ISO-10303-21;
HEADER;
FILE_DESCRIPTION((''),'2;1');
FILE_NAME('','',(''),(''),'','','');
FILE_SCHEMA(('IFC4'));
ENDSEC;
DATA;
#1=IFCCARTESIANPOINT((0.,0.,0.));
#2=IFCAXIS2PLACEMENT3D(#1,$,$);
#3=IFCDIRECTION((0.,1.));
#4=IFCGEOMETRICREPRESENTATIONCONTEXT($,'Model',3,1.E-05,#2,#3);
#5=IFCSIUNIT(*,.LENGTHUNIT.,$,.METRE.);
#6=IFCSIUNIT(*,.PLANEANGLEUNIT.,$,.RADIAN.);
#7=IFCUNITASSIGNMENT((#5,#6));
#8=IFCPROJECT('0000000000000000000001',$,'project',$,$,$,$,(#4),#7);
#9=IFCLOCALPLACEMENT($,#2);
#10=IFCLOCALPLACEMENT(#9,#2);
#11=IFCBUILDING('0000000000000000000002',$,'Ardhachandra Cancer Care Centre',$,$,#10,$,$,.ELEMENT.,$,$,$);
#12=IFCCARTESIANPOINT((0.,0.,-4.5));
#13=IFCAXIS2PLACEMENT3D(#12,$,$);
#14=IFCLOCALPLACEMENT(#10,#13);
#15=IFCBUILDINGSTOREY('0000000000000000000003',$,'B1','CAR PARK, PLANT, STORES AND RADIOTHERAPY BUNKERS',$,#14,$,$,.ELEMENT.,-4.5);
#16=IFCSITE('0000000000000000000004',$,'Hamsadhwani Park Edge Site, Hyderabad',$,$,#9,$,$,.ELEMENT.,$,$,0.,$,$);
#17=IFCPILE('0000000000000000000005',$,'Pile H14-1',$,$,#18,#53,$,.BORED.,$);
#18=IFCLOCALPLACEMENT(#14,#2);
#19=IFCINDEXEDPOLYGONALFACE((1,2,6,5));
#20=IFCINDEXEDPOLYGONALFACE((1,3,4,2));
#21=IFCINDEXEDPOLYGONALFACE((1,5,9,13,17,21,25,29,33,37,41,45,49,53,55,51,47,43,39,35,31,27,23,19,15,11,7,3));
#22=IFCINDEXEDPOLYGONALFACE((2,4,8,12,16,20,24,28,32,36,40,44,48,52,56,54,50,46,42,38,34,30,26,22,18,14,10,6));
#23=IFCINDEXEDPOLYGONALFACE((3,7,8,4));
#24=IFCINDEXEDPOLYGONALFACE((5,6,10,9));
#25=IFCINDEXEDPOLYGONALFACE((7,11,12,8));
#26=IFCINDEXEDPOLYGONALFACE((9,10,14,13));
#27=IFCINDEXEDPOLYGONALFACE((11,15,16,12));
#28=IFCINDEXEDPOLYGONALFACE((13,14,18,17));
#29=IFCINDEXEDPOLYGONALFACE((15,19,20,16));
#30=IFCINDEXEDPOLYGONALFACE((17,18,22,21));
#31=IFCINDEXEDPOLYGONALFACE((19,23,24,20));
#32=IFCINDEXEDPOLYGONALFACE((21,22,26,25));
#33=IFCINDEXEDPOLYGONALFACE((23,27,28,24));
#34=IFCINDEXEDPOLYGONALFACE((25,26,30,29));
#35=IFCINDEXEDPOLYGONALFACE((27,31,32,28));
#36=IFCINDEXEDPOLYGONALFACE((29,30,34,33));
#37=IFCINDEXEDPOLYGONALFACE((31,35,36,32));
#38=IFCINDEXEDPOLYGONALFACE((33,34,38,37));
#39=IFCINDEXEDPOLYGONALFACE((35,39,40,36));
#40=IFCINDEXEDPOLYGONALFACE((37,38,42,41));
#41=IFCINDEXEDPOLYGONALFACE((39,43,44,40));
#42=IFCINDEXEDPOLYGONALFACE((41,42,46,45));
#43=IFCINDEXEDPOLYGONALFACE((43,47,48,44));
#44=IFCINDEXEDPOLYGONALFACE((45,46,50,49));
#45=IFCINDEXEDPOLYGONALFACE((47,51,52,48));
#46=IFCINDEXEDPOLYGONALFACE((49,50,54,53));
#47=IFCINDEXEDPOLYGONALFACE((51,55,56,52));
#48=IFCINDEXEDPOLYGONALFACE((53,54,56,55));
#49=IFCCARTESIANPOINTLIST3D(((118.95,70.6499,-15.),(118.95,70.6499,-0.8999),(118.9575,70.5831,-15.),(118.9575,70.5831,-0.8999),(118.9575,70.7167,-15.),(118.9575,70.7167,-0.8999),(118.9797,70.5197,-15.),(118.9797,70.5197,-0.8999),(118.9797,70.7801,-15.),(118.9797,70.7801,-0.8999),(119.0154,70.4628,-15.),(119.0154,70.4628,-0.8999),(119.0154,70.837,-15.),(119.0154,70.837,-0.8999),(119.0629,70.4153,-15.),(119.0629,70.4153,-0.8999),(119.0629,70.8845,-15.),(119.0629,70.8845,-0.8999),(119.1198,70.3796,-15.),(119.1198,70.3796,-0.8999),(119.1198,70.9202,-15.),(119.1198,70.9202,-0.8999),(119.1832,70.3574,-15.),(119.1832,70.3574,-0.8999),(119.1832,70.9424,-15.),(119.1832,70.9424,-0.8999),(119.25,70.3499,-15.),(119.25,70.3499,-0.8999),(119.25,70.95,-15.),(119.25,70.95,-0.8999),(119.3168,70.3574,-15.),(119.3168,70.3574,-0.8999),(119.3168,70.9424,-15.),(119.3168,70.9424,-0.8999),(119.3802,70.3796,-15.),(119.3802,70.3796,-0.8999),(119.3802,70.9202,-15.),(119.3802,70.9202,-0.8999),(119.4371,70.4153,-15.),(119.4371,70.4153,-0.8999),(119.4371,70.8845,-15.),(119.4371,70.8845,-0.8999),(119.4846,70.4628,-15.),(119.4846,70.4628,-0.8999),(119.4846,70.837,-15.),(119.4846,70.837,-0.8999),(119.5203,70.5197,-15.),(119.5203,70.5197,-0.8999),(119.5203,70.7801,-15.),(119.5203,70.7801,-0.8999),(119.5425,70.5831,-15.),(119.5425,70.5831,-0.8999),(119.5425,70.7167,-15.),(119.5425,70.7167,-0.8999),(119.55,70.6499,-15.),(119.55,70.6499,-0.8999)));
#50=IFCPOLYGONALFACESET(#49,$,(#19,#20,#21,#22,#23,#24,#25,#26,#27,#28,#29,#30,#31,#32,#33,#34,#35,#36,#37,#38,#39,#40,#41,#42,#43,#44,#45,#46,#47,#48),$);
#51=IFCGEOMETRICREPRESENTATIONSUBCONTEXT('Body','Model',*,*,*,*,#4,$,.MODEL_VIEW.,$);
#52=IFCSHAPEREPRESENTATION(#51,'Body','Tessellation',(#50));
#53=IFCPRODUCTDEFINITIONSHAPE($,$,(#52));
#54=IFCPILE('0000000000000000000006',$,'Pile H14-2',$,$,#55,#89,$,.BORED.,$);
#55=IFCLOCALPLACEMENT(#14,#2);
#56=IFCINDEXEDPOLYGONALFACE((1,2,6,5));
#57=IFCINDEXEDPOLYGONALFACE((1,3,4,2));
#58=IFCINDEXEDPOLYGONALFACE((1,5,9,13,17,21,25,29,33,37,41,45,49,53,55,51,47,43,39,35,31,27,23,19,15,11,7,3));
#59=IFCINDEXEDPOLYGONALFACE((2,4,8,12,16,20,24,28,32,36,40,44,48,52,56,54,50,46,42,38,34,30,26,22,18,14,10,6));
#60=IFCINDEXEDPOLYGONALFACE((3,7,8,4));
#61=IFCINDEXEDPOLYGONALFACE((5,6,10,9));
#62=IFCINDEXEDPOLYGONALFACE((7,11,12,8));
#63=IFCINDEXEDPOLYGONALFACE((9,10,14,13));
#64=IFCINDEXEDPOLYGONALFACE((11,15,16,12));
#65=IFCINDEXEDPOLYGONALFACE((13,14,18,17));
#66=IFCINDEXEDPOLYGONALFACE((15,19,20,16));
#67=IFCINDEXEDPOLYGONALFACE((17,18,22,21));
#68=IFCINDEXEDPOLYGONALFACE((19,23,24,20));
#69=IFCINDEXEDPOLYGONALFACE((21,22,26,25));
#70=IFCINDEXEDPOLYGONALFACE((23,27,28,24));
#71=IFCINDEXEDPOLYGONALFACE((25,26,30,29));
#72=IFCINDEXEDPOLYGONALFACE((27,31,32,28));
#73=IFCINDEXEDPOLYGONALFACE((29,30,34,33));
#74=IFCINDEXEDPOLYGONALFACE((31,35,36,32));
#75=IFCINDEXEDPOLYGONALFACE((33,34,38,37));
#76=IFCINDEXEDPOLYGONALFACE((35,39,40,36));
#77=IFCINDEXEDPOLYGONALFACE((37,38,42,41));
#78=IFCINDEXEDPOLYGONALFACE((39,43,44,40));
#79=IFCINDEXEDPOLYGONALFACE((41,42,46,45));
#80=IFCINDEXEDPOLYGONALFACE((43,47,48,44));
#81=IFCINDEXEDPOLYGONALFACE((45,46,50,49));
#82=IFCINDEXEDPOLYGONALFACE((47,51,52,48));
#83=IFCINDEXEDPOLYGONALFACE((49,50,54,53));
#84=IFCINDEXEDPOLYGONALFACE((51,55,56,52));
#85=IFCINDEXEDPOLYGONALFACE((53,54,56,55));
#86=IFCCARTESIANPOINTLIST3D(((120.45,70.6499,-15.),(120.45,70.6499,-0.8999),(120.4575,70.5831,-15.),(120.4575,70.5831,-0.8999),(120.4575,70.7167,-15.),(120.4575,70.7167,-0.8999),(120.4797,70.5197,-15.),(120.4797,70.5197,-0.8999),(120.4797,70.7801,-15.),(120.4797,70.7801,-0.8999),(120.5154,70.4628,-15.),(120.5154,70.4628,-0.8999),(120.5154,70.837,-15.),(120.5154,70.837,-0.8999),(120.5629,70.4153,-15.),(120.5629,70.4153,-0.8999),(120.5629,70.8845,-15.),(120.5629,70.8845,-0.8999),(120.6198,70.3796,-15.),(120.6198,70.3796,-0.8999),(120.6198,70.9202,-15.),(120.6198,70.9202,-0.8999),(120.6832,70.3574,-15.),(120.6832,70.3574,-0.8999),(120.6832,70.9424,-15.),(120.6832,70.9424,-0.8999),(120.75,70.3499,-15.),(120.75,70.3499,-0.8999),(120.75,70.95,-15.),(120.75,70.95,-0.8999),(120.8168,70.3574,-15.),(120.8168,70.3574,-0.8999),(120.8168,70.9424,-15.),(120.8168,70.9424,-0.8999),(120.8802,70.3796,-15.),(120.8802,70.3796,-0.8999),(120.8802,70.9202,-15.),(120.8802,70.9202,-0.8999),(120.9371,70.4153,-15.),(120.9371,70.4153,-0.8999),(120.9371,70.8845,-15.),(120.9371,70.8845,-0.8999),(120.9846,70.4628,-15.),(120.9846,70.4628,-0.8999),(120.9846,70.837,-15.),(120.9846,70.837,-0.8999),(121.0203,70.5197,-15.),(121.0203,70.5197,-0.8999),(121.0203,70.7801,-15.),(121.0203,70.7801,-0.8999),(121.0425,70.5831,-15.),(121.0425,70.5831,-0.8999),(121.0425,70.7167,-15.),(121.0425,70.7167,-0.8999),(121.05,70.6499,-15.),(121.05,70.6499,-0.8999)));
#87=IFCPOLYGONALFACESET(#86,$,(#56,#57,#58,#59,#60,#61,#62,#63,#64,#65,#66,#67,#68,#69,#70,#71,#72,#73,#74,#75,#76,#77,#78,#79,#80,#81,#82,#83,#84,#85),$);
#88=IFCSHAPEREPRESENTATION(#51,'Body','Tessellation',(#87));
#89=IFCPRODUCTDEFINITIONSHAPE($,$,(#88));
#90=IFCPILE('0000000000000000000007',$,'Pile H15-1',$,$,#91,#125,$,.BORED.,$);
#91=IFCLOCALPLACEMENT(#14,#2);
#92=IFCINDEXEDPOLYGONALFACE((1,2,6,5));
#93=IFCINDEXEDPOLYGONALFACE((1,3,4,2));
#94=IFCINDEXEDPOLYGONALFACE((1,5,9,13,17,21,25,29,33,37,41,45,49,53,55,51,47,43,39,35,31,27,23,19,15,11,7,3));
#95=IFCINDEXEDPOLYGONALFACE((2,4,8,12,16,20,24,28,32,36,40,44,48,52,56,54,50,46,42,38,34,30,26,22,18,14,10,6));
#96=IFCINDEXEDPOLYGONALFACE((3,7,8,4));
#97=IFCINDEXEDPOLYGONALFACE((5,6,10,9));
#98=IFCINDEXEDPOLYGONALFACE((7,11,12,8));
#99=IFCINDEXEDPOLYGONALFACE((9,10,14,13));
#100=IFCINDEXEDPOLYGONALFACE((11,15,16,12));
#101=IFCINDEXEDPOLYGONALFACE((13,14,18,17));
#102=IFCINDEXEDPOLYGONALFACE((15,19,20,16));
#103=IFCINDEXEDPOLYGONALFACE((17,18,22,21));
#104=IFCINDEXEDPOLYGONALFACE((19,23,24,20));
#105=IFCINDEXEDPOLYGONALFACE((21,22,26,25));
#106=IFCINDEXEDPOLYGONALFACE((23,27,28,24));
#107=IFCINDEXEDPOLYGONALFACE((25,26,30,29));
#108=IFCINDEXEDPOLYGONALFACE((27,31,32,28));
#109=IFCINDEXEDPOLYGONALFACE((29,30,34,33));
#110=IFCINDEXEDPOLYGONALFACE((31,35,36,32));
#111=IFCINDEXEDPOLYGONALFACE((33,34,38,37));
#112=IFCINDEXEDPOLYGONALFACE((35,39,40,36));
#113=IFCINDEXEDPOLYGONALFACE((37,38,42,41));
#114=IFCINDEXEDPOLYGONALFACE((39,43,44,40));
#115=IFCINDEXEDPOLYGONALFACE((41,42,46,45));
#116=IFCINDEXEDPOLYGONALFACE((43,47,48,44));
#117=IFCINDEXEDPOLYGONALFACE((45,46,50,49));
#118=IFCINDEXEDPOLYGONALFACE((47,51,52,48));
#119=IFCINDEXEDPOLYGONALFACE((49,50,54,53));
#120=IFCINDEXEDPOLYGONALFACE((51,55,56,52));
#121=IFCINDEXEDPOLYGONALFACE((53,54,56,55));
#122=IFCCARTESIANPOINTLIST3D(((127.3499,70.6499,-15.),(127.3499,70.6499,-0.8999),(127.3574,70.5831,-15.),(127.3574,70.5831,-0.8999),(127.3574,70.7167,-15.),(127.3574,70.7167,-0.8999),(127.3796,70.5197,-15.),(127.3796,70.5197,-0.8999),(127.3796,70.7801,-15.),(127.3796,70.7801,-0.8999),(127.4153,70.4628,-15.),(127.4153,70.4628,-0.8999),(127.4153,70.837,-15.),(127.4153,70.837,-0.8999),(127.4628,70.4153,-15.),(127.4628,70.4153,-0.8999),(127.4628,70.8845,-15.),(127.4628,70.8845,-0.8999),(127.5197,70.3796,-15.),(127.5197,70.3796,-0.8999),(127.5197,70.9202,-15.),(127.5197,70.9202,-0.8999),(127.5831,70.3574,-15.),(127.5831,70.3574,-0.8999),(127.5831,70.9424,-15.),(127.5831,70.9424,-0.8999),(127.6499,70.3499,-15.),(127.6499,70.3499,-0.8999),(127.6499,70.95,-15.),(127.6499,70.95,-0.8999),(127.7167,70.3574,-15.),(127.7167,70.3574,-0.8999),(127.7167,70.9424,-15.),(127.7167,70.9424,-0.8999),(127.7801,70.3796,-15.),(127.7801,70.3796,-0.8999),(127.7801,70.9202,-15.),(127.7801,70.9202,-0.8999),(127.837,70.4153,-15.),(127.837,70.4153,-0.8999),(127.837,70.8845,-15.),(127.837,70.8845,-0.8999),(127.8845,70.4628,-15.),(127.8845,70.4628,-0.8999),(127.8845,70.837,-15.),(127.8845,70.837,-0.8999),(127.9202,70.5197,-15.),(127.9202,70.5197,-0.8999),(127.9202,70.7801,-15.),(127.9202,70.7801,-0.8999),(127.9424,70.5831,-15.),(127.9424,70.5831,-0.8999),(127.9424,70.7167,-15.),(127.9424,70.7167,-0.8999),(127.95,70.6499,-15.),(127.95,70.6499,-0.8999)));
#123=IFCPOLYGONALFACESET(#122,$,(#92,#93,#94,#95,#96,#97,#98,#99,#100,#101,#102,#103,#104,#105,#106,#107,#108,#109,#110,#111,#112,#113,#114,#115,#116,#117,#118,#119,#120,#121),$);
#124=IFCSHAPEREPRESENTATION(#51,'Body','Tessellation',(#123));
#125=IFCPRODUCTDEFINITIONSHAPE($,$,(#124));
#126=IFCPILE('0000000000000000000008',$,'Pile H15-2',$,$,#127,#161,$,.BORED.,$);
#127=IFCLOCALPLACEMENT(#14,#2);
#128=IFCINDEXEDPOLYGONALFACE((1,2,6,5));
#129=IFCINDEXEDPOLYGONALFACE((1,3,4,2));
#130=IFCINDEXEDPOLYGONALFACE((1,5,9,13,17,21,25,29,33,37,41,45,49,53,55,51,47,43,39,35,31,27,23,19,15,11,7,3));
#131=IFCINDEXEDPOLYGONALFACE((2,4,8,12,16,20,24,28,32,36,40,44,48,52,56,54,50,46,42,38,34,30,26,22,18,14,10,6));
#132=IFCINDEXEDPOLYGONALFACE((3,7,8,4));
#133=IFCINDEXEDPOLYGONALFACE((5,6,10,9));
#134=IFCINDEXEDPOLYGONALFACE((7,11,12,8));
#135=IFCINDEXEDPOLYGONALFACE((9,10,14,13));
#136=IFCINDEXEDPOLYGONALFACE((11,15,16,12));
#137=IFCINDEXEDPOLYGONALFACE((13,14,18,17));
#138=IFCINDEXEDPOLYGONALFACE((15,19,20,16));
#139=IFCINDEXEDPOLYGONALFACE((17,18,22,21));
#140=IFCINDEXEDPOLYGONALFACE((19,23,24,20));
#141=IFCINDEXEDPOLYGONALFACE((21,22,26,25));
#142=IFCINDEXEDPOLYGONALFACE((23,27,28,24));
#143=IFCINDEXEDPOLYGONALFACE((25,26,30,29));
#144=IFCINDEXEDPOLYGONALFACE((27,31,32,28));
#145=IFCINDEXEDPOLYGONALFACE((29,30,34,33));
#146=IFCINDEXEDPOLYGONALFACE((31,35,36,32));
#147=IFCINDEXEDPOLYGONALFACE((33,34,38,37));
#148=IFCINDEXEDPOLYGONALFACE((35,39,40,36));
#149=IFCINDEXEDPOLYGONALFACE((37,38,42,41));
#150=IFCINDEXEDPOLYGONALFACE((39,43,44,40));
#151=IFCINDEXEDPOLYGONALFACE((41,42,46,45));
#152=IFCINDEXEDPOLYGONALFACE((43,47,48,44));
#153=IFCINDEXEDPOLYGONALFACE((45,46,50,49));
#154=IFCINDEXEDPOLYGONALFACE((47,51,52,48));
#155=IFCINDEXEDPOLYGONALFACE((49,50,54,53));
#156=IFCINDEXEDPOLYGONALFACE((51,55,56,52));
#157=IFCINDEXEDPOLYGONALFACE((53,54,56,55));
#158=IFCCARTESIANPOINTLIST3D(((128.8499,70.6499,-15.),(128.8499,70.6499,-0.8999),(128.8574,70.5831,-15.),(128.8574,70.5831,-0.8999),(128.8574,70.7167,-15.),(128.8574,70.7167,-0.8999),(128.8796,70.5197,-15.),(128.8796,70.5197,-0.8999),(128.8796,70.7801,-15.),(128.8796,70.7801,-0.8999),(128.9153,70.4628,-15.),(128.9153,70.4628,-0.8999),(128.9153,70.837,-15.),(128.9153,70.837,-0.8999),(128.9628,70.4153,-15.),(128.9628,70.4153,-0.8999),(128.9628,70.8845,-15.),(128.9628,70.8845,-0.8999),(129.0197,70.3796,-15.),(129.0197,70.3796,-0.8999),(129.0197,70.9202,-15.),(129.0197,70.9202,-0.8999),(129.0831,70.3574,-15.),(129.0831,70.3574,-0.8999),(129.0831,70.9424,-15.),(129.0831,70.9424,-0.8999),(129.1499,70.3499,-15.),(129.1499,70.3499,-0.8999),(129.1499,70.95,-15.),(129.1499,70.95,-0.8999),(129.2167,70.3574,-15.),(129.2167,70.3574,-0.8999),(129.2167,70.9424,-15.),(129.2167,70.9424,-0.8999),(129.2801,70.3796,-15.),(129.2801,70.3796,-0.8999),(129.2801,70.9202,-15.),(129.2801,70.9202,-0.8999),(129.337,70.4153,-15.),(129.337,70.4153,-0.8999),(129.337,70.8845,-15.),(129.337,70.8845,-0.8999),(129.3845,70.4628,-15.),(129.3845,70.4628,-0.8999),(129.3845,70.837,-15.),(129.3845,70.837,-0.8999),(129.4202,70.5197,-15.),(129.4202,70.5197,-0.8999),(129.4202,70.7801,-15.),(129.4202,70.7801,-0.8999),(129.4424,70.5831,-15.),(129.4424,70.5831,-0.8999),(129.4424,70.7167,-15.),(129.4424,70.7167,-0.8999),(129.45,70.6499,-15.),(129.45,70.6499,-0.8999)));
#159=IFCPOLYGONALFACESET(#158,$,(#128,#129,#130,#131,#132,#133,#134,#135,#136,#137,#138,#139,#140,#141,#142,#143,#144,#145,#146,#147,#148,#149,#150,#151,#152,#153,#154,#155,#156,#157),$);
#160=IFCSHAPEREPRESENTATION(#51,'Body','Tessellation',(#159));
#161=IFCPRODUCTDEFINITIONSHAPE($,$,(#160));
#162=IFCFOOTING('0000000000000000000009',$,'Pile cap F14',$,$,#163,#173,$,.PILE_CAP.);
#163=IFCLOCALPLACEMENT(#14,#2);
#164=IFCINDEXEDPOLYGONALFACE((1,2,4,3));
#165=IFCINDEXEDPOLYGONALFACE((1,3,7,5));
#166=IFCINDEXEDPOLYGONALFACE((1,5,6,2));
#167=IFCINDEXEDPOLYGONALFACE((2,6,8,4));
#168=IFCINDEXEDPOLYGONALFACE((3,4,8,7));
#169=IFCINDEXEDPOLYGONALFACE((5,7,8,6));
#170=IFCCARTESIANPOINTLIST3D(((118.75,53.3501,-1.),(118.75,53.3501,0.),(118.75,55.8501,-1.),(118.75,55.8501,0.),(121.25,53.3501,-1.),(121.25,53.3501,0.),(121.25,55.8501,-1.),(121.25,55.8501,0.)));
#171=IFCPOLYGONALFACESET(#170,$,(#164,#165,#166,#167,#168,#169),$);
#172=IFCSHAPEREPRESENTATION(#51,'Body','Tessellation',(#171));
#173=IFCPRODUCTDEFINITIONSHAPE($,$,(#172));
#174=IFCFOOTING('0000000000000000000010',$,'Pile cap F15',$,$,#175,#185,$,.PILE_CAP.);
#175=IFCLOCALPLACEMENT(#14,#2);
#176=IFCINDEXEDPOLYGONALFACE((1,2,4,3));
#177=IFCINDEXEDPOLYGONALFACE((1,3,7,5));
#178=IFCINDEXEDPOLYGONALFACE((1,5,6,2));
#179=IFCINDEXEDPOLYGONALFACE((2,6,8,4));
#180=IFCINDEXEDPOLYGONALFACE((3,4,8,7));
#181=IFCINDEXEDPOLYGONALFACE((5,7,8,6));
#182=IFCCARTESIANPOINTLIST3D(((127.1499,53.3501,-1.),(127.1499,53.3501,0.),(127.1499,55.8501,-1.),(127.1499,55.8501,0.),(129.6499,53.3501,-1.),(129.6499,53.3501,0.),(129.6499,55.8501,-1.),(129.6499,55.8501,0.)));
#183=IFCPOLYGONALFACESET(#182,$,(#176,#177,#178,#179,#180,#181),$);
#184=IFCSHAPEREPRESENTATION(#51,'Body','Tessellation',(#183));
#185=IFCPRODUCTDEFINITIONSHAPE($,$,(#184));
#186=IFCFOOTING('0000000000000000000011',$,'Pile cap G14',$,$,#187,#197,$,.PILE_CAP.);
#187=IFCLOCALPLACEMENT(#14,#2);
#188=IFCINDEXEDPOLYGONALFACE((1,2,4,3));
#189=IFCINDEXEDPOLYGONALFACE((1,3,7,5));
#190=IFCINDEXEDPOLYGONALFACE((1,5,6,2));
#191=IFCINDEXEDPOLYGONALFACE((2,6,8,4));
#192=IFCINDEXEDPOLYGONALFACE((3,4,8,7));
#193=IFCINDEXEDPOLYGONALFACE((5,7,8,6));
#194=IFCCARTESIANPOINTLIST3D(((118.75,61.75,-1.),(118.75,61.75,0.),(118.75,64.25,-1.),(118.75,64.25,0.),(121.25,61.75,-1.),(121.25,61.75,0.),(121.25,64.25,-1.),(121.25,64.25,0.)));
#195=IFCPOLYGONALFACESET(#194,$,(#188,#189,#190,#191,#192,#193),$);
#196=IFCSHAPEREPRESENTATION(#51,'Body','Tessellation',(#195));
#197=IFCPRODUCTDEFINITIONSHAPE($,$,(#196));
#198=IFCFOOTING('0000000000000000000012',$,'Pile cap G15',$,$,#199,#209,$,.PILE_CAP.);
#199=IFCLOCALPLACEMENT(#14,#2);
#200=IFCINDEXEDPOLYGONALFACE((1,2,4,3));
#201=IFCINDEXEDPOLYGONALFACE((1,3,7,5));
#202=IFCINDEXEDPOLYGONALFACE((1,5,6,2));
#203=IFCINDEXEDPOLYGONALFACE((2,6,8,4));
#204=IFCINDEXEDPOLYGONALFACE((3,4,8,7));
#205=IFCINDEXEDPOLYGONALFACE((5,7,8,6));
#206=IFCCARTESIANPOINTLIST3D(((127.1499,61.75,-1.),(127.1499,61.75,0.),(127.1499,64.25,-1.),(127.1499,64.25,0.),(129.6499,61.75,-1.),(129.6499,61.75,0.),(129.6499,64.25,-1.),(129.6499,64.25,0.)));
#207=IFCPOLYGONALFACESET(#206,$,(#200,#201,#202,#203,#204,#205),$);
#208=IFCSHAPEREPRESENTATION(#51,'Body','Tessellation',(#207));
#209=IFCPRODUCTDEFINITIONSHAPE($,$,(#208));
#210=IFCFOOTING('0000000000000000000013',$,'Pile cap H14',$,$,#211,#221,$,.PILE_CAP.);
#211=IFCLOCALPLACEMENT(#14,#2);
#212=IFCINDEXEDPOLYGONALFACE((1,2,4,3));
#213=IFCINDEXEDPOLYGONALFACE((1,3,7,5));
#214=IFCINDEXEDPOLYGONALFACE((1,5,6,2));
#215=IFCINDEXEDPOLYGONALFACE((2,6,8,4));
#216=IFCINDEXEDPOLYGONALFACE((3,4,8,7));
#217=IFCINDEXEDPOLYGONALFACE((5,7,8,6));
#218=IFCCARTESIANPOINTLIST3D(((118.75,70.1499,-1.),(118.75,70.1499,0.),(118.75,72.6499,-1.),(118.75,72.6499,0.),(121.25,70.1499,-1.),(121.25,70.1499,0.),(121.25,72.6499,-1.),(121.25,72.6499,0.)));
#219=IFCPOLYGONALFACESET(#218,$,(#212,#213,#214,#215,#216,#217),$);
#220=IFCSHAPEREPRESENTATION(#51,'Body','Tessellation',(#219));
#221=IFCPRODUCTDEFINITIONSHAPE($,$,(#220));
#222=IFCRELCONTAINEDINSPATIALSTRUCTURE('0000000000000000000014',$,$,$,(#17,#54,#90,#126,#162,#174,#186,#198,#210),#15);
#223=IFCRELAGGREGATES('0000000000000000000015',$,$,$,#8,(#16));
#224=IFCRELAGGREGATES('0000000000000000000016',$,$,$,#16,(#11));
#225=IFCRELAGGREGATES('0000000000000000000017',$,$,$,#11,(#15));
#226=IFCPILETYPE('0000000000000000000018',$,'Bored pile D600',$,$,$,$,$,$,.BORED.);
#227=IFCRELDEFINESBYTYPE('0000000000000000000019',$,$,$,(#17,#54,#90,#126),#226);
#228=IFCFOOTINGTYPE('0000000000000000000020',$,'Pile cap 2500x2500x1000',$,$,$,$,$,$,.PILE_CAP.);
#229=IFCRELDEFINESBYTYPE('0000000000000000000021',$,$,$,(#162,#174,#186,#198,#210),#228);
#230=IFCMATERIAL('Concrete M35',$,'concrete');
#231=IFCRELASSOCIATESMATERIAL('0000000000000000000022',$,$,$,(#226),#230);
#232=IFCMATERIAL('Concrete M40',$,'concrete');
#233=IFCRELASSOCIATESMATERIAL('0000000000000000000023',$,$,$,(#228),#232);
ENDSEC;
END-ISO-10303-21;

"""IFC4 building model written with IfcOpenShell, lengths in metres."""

from ifc_helpers import new_model, si_unit, direction, frame, origin, origin_2d, place, context, subcontext, project, spatial, rectangle, circle, extrude, material, material_profile, profile_set, type_object, element, save


model = new_model("IFC4")

# Units and contexts
model_context = context("Model", 3, precision=1e-05, world=origin(), true_north=direction((0.0, 1.0)))
body_context = subcontext(model_context, "Body", "Model", "MODEL_VIEW")
ifc_project = project(units=[si_unit("LENGTHUNIT", "METRE"), si_unit("PLANEANGLEUNIT", "RADIAN")], contexts=[model_context])

# Site, building, storey
site_placement = place(None, origin())
site = spatial("IfcSite", under=ifc_project, at=site_placement, Name="Hamsadhwani Park Edge Site, Hyderabad", CompositionType="ELEMENT", RefElevation=0.0)
building_placement = place(site_placement, origin())
building = spatial("IfcBuilding", under=site, at=building_placement, Name="Ardhachandra Cancer Care Centre", CompositionType="ELEMENT")
storey_placement = place(building_placement, frame((0.0, 0.0, -4.5)))
storey = spatial("IfcBuildingStorey", under=building, at=storey_placement, Name="B1", Description="CAR PARK, PLANT, STORES AND RADIOTHERAPY BUNKERS", CompositionType="ELEMENT", Elevation=-4.5)

# Piles
ifc_material_1 = material(Name="Concrete M35", Category="concrete")
ifc_material_profile_1 = material_profile(ifc_material_1, circle(Radius=0.3, at=origin_2d()), Name="D600")
ifc_profile_set_1 = profile_set([ifc_material_profile_1], Name="Concrete M35")
pile_type = type_object("IfcPileType", Name="Bored pile D600", PredefinedType="BORED", material=ifc_profile_set_1)
for number, where, z_axis, x_axis, name in (
    (1, (119.25, 70.6499, -0.8999), (0.0, 0.0, -1.0), (1.0, 0.0, 0.0), "Pile H14-1"),
    (2, (120.75, 70.6499, -0.8999), (0.0, 0.0, -1.0), (1.0, 0.0, 0.0), "Pile H14-2"),
    (3, (127.6499, 70.6499, -0.8999), (0.0, 0.0, -1.0), (1.0, 0.0, 0.0), "Pile H15-1"),
    (4, (129.1499, 70.6499, -0.8999), (0.0, 0.0, -1.0), (1.0, 0.0, 0.0), "Pile H15-2"),
):
    element("IfcPile", number, at=place(storey_placement, frame(where, z_axis=z_axis, x_axis=x_axis)), inside=storey, type_object=pile_type, Name=name, PredefinedType="BORED", context=body_context, shape_type="SweptSolid", body=[
        extrude(circle(Radius=0.3, at=origin_2d()), origin(), (0.0, 0.0, 1.0), 14.1001),
    ])

# Footings
ifc_material_2 = material(Name="Concrete M40", Category="concrete")
footing_type = type_object("IfcFootingType", Name="Pile cap 2500x2500x1000", PredefinedType="PILE_CAP", material=ifc_material_2)
for number, where, z_axis, x_axis, name in (
    (5, (120.0, 54.6001, -1.0), (0.0, 0.0, 1.0), (1.0, 0.0, 0.0), "Pile cap F14"),
    (6, (128.3999, 54.6001, -1.0), (0.0, 0.0, 1.0), (1.0, 0.0, 0.0), "Pile cap F15"),
    (7, (120.0, 63.0, -1.0), (0.0, 0.0, 1.0), (1.0, 0.0, 0.0), "Pile cap G14"),
    (8, (128.3999, 63.0, -1.0), (0.0, 0.0, 1.0), (1.0, 0.0, 0.0), "Pile cap G15"),
    (9, (120.0, 71.3999, -1.0), (0.0, 0.0, 1.0), (1.0, 0.0, 0.0), "Pile cap H14"),
):
    element("IfcFooting", number, at=place(storey_placement, frame(where, z_axis=z_axis, x_axis=x_axis)), inside=storey, type_object=footing_type, Name=name, PredefinedType="PILE_CAP", context=body_context, shape_type="SweptSolid", body=[
        extrude(rectangle(XDim=2.5, YDim=2.5, at=origin_2d()), origin(), (0.0, 0.0, 1.0), 1.0),
    ])

save(model, "model.ifc")
